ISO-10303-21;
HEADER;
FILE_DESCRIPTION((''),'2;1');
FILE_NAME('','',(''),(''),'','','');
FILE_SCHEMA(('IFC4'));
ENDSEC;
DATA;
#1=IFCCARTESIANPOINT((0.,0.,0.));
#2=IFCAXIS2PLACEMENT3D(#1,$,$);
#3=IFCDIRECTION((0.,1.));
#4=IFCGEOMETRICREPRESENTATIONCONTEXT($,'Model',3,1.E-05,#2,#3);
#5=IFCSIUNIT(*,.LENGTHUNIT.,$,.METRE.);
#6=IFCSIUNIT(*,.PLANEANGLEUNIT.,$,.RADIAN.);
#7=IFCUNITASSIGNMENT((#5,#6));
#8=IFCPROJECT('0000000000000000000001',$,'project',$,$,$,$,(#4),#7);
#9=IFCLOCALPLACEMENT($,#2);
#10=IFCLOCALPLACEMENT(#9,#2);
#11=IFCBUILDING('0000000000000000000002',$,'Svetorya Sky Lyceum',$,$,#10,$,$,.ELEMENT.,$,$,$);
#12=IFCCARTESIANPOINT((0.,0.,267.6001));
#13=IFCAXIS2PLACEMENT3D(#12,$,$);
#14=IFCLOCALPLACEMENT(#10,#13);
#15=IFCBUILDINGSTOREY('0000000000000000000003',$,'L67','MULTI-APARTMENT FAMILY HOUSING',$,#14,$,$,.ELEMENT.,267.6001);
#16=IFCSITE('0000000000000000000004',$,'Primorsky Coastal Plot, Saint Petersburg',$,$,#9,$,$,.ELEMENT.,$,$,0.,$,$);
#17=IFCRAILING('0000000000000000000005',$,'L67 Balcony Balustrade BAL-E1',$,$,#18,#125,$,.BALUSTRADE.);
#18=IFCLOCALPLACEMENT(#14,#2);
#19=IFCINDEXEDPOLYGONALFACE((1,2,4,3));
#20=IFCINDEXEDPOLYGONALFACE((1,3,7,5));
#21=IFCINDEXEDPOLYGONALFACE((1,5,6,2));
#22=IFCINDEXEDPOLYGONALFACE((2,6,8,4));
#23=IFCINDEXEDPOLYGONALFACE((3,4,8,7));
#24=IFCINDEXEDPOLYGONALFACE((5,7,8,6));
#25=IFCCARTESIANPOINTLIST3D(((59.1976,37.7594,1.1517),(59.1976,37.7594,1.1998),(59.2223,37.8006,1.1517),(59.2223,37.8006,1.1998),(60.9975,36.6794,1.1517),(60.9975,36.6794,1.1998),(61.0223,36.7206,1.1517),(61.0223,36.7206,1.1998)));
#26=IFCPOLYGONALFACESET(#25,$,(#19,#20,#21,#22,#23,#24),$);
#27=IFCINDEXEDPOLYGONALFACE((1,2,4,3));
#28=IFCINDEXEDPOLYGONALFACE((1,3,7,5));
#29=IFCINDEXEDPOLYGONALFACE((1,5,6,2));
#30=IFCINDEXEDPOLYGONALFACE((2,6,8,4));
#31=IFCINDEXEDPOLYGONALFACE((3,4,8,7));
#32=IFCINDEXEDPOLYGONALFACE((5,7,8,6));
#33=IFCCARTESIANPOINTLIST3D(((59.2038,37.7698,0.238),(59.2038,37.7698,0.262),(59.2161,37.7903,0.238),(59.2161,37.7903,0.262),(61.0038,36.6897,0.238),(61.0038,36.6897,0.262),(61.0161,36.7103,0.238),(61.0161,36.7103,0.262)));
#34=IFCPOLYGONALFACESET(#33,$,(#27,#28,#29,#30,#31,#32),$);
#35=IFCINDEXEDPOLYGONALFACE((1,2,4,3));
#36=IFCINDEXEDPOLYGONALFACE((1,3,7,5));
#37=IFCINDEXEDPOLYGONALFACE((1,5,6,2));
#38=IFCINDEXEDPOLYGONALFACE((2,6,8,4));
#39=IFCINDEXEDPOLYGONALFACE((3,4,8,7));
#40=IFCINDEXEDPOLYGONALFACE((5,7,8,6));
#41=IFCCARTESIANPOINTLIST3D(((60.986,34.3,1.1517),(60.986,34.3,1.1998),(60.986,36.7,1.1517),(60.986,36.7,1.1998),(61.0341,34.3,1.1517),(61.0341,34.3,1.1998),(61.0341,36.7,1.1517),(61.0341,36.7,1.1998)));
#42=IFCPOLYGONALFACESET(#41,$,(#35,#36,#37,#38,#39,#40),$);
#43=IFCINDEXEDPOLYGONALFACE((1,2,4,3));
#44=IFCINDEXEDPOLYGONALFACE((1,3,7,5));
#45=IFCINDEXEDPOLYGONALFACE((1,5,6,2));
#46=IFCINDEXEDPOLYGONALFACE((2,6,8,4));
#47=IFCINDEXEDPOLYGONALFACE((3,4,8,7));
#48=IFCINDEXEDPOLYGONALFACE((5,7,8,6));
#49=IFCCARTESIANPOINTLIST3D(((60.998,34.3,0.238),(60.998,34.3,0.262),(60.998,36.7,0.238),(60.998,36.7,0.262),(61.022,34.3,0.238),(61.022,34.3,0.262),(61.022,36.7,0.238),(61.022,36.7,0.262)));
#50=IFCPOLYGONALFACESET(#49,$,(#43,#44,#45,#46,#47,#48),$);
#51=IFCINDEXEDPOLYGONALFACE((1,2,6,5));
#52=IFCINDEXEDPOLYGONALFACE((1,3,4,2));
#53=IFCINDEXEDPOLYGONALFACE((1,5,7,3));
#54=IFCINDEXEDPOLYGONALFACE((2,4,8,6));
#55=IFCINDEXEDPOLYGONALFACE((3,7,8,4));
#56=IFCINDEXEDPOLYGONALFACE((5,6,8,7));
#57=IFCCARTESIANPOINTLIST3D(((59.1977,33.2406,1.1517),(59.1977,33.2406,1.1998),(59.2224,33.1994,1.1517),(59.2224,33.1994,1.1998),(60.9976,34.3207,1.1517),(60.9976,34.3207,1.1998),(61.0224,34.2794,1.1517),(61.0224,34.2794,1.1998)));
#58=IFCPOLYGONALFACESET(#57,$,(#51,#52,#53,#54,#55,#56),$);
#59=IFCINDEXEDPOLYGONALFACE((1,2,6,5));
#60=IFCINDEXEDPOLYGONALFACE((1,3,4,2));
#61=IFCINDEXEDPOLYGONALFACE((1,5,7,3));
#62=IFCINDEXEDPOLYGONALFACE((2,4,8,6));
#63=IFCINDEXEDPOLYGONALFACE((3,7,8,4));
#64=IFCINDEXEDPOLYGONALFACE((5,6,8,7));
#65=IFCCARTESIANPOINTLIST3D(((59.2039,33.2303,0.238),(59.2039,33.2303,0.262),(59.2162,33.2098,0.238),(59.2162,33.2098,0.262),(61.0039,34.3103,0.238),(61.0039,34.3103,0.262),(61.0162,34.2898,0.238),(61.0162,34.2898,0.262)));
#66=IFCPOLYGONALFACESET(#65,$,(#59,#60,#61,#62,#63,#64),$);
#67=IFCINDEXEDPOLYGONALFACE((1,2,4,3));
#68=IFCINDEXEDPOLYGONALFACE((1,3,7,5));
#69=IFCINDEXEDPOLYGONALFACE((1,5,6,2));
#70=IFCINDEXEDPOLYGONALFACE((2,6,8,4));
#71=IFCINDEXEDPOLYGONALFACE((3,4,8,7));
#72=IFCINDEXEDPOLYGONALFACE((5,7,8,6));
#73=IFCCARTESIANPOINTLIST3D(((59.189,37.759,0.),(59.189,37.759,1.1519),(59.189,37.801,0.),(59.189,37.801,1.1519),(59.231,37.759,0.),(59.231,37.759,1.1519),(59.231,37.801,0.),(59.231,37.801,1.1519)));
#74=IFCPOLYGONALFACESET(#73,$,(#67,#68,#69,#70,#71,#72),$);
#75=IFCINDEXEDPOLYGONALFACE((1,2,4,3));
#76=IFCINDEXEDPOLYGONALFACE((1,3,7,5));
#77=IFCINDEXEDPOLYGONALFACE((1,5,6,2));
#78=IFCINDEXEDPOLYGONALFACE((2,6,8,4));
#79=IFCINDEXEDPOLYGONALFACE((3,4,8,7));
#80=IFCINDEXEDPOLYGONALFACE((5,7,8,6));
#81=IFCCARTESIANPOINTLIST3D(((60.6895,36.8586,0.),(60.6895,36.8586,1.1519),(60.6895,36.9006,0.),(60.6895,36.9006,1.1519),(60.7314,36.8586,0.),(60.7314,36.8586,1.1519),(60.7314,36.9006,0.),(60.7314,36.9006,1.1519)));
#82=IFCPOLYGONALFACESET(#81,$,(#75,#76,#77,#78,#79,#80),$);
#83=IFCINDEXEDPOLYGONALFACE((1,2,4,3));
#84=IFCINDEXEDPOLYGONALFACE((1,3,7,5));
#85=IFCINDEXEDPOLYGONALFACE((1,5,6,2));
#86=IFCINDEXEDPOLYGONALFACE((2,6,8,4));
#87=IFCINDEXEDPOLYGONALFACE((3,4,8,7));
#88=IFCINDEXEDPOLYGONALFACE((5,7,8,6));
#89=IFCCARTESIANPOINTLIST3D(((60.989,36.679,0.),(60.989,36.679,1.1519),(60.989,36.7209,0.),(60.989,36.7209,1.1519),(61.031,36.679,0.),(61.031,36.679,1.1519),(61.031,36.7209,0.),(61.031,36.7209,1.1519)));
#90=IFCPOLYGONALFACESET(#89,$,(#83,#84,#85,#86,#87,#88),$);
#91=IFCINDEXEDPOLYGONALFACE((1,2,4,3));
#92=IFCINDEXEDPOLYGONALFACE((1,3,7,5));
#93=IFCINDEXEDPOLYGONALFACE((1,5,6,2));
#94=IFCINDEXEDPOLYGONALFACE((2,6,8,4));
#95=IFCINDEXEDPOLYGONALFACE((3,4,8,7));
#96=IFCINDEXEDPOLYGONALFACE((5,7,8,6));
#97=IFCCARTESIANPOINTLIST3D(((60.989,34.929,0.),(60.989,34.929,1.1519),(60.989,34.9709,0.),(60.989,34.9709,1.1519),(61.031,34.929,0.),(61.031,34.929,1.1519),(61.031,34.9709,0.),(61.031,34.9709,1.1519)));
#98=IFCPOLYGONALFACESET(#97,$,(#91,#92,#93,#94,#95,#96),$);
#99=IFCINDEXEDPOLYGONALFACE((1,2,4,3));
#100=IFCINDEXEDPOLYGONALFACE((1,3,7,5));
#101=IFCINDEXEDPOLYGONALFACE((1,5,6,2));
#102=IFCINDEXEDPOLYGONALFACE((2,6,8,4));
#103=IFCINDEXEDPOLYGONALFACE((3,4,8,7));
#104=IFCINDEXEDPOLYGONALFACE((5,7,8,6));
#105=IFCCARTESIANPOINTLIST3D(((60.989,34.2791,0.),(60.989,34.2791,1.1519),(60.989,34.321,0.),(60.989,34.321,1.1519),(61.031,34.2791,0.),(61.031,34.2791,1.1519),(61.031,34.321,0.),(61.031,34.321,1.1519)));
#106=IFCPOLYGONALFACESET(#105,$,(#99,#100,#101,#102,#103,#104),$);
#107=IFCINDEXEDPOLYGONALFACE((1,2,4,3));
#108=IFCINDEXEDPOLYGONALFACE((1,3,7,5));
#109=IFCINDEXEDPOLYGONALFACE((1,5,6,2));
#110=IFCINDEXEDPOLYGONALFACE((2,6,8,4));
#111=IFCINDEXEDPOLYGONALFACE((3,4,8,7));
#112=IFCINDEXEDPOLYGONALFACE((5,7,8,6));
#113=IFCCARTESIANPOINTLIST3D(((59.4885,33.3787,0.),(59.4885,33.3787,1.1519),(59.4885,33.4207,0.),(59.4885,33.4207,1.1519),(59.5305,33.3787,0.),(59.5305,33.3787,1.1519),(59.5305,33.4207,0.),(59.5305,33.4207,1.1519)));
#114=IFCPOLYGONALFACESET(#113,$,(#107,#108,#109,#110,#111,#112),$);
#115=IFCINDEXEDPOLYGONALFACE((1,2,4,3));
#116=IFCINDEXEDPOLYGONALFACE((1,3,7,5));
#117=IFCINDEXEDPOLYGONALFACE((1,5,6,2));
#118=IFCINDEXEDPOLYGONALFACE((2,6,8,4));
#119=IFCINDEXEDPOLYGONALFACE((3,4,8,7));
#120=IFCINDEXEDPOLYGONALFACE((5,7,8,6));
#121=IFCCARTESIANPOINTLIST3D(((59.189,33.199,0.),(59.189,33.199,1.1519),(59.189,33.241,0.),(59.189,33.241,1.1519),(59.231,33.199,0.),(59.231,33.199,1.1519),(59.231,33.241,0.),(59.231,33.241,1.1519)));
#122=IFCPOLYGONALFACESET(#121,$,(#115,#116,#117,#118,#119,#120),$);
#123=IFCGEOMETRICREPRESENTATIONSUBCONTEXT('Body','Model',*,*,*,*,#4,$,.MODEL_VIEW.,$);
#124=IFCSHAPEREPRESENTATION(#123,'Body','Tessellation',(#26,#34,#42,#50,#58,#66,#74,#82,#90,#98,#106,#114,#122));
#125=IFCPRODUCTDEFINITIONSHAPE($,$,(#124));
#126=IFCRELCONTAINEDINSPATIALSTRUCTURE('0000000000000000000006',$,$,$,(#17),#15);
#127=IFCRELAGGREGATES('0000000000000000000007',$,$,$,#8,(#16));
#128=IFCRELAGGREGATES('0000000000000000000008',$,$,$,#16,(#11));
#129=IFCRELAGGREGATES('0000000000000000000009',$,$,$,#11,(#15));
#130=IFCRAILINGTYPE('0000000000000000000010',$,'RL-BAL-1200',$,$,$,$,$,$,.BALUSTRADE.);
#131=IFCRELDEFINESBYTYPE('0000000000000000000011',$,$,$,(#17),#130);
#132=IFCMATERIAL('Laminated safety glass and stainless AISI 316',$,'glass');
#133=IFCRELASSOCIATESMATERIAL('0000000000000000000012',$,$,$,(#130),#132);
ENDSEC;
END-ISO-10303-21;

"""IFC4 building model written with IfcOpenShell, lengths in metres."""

from ifc_helpers import new_model, si_unit, direction, frame, origin, origin_2d, place, context, subcontext, project, spatial, rectangle, extrude, material, type_object, element, save


model = new_model("IFC4")

# Units and contexts
model_context = context("Model", 3, precision=1e-05, world=origin(), true_north=direction((0.0, 1.0)))
body_context = subcontext(model_context, "Body", "Model", "MODEL_VIEW")
ifc_project = project(units=[si_unit("LENGTHUNIT", "METRE"), si_unit("PLANEANGLEUNIT", "RADIAN")], contexts=[model_context])

# Site, building, storey
site_placement = place(None, origin())
site = spatial("IfcSite", under=ifc_project, at=site_placement, Name="Primorsky Coastal Plot, Saint Petersburg", CompositionType="ELEMENT", RefElevation=0.0)
building_placement = place(site_placement, origin())
building = spatial("IfcBuilding", under=site, at=building_placement, Name="Svetorya Sky Lyceum", CompositionType="ELEMENT")
storey_placement = place(building_placement, frame((0.0, 0.0, 267.6001)))
storey = spatial("IfcBuildingStorey", under=building, at=storey_placement, Name="L67", Description="MULTI-APARTMENT FAMILY HOUSING", CompositionType="ELEMENT", Elevation=267.6001)

# Railing
ifc_material_1 = material(Name="Laminated safety glass and stainless AISI 316", Category="glass")
railing_type = type_object("IfcRailingType", Name="RL-BAL-1200", PredefinedType="BALUSTRADE", material=ifc_material_1)
railing_placement = place(storey_placement, frame((59.21, 37.78, 0.0)))
element("IfcRailing", 1, at=railing_placement, inside=storey, type_object=railing_type, Name="L67 Balcony Balustrade BAL-E1", PredefinedType="BALUSTRADE", context=body_context, shape_type="SweptSolid", body=[
    extrude(rectangle(XDim=0.0481, YDim=0.0481, at=origin_2d()), frame((0.0, 0.0, 1.1758), z_axis=(0.857483, -0.514513, 0.0), x_axis=(0.514513, 0.857483, 0.0)), (0.0, 0.0, 1.0), 2.0991),
    extrude(rectangle(XDim=0.0239, YDim=0.0239, at=origin_2d()), frame((0.0, 0.0, 0.25), z_axis=(0.857483, -0.514513, 0.0), x_axis=(0.514513, 0.857483, 0.0)), (0.0, 0.0, 1.0), 2.0991),
    extrude(rectangle(XDim=0.0481, YDim=0.0481, at=origin_2d()), frame((1.8, -1.0801, 1.1758), z_axis=(0.0, -1.0, 0.0), x_axis=(1.0, 0.0, 0.0)), (0.0, 0.0, 1.0), 2.3999),
    extrude(rectangle(XDim=0.0239, YDim=0.0239, at=origin_2d()), frame((1.8, -1.0801, 0.25), z_axis=(0.0, -1.0, 0.0), x_axis=(1.0, 0.0, 0.0)), (0.0, 0.0, 1.0), 2.3999),
    extrude(rectangle(XDim=0.0481, YDim=0.0481, at=origin_2d()), frame((1.8, -3.48, 1.1758), z_axis=(-0.857483, -0.514513, 0.0), x_axis=(0.514513, -0.857483, 0.0)), (0.0, 0.0, 1.0), 2.0991),
    extrude(rectangle(XDim=0.0239, YDim=0.0239, at=origin_2d()), frame((1.8, -3.48, 0.25), z_axis=(-0.857483, -0.514513, 0.0), x_axis=(0.514513, -0.857483, 0.0)), (0.0, 0.0, 1.0), 2.0991),
    extrude(rectangle(XDim=0.042, YDim=0.042, at=origin_2d()), origin(), (0.0, 0.0, 1.0), 1.1519),
    extrude(rectangle(XDim=0.042, YDim=0.042, at=origin_2d()), frame((1.5005, -0.9004, 0.0)), (0.0, 0.0, 1.0), 1.1519),
    extrude(rectangle(XDim=0.042, YDim=0.042, at=origin_2d()), frame((1.8, -1.0801, 0.0)), (0.0, 0.0, 1.0), 1.1519),
    extrude(rectangle(XDim=0.042, YDim=0.042, at=origin_2d()), frame((1.8, -2.8301, 0.0)), (0.0, 0.0, 1.0), 1.1519),
    extrude(rectangle(XDim=0.042, YDim=0.042, at=origin_2d()), frame((1.8, -3.48, 0.0)), (0.0, 0.0, 1.0), 1.1519),
    extrude(rectangle(XDim=0.042, YDim=0.042, at=origin_2d()), frame((0.2996, -4.3804, 0.0)), (0.0, 0.0, 1.0), 1.1519),
    extrude(rectangle(XDim=0.042, YDim=0.042, at=origin_2d()), frame((0.0, -4.5601, 0.0)), (0.0, 0.0, 1.0), 1.1519),
])

save(model, "model.ifc")
